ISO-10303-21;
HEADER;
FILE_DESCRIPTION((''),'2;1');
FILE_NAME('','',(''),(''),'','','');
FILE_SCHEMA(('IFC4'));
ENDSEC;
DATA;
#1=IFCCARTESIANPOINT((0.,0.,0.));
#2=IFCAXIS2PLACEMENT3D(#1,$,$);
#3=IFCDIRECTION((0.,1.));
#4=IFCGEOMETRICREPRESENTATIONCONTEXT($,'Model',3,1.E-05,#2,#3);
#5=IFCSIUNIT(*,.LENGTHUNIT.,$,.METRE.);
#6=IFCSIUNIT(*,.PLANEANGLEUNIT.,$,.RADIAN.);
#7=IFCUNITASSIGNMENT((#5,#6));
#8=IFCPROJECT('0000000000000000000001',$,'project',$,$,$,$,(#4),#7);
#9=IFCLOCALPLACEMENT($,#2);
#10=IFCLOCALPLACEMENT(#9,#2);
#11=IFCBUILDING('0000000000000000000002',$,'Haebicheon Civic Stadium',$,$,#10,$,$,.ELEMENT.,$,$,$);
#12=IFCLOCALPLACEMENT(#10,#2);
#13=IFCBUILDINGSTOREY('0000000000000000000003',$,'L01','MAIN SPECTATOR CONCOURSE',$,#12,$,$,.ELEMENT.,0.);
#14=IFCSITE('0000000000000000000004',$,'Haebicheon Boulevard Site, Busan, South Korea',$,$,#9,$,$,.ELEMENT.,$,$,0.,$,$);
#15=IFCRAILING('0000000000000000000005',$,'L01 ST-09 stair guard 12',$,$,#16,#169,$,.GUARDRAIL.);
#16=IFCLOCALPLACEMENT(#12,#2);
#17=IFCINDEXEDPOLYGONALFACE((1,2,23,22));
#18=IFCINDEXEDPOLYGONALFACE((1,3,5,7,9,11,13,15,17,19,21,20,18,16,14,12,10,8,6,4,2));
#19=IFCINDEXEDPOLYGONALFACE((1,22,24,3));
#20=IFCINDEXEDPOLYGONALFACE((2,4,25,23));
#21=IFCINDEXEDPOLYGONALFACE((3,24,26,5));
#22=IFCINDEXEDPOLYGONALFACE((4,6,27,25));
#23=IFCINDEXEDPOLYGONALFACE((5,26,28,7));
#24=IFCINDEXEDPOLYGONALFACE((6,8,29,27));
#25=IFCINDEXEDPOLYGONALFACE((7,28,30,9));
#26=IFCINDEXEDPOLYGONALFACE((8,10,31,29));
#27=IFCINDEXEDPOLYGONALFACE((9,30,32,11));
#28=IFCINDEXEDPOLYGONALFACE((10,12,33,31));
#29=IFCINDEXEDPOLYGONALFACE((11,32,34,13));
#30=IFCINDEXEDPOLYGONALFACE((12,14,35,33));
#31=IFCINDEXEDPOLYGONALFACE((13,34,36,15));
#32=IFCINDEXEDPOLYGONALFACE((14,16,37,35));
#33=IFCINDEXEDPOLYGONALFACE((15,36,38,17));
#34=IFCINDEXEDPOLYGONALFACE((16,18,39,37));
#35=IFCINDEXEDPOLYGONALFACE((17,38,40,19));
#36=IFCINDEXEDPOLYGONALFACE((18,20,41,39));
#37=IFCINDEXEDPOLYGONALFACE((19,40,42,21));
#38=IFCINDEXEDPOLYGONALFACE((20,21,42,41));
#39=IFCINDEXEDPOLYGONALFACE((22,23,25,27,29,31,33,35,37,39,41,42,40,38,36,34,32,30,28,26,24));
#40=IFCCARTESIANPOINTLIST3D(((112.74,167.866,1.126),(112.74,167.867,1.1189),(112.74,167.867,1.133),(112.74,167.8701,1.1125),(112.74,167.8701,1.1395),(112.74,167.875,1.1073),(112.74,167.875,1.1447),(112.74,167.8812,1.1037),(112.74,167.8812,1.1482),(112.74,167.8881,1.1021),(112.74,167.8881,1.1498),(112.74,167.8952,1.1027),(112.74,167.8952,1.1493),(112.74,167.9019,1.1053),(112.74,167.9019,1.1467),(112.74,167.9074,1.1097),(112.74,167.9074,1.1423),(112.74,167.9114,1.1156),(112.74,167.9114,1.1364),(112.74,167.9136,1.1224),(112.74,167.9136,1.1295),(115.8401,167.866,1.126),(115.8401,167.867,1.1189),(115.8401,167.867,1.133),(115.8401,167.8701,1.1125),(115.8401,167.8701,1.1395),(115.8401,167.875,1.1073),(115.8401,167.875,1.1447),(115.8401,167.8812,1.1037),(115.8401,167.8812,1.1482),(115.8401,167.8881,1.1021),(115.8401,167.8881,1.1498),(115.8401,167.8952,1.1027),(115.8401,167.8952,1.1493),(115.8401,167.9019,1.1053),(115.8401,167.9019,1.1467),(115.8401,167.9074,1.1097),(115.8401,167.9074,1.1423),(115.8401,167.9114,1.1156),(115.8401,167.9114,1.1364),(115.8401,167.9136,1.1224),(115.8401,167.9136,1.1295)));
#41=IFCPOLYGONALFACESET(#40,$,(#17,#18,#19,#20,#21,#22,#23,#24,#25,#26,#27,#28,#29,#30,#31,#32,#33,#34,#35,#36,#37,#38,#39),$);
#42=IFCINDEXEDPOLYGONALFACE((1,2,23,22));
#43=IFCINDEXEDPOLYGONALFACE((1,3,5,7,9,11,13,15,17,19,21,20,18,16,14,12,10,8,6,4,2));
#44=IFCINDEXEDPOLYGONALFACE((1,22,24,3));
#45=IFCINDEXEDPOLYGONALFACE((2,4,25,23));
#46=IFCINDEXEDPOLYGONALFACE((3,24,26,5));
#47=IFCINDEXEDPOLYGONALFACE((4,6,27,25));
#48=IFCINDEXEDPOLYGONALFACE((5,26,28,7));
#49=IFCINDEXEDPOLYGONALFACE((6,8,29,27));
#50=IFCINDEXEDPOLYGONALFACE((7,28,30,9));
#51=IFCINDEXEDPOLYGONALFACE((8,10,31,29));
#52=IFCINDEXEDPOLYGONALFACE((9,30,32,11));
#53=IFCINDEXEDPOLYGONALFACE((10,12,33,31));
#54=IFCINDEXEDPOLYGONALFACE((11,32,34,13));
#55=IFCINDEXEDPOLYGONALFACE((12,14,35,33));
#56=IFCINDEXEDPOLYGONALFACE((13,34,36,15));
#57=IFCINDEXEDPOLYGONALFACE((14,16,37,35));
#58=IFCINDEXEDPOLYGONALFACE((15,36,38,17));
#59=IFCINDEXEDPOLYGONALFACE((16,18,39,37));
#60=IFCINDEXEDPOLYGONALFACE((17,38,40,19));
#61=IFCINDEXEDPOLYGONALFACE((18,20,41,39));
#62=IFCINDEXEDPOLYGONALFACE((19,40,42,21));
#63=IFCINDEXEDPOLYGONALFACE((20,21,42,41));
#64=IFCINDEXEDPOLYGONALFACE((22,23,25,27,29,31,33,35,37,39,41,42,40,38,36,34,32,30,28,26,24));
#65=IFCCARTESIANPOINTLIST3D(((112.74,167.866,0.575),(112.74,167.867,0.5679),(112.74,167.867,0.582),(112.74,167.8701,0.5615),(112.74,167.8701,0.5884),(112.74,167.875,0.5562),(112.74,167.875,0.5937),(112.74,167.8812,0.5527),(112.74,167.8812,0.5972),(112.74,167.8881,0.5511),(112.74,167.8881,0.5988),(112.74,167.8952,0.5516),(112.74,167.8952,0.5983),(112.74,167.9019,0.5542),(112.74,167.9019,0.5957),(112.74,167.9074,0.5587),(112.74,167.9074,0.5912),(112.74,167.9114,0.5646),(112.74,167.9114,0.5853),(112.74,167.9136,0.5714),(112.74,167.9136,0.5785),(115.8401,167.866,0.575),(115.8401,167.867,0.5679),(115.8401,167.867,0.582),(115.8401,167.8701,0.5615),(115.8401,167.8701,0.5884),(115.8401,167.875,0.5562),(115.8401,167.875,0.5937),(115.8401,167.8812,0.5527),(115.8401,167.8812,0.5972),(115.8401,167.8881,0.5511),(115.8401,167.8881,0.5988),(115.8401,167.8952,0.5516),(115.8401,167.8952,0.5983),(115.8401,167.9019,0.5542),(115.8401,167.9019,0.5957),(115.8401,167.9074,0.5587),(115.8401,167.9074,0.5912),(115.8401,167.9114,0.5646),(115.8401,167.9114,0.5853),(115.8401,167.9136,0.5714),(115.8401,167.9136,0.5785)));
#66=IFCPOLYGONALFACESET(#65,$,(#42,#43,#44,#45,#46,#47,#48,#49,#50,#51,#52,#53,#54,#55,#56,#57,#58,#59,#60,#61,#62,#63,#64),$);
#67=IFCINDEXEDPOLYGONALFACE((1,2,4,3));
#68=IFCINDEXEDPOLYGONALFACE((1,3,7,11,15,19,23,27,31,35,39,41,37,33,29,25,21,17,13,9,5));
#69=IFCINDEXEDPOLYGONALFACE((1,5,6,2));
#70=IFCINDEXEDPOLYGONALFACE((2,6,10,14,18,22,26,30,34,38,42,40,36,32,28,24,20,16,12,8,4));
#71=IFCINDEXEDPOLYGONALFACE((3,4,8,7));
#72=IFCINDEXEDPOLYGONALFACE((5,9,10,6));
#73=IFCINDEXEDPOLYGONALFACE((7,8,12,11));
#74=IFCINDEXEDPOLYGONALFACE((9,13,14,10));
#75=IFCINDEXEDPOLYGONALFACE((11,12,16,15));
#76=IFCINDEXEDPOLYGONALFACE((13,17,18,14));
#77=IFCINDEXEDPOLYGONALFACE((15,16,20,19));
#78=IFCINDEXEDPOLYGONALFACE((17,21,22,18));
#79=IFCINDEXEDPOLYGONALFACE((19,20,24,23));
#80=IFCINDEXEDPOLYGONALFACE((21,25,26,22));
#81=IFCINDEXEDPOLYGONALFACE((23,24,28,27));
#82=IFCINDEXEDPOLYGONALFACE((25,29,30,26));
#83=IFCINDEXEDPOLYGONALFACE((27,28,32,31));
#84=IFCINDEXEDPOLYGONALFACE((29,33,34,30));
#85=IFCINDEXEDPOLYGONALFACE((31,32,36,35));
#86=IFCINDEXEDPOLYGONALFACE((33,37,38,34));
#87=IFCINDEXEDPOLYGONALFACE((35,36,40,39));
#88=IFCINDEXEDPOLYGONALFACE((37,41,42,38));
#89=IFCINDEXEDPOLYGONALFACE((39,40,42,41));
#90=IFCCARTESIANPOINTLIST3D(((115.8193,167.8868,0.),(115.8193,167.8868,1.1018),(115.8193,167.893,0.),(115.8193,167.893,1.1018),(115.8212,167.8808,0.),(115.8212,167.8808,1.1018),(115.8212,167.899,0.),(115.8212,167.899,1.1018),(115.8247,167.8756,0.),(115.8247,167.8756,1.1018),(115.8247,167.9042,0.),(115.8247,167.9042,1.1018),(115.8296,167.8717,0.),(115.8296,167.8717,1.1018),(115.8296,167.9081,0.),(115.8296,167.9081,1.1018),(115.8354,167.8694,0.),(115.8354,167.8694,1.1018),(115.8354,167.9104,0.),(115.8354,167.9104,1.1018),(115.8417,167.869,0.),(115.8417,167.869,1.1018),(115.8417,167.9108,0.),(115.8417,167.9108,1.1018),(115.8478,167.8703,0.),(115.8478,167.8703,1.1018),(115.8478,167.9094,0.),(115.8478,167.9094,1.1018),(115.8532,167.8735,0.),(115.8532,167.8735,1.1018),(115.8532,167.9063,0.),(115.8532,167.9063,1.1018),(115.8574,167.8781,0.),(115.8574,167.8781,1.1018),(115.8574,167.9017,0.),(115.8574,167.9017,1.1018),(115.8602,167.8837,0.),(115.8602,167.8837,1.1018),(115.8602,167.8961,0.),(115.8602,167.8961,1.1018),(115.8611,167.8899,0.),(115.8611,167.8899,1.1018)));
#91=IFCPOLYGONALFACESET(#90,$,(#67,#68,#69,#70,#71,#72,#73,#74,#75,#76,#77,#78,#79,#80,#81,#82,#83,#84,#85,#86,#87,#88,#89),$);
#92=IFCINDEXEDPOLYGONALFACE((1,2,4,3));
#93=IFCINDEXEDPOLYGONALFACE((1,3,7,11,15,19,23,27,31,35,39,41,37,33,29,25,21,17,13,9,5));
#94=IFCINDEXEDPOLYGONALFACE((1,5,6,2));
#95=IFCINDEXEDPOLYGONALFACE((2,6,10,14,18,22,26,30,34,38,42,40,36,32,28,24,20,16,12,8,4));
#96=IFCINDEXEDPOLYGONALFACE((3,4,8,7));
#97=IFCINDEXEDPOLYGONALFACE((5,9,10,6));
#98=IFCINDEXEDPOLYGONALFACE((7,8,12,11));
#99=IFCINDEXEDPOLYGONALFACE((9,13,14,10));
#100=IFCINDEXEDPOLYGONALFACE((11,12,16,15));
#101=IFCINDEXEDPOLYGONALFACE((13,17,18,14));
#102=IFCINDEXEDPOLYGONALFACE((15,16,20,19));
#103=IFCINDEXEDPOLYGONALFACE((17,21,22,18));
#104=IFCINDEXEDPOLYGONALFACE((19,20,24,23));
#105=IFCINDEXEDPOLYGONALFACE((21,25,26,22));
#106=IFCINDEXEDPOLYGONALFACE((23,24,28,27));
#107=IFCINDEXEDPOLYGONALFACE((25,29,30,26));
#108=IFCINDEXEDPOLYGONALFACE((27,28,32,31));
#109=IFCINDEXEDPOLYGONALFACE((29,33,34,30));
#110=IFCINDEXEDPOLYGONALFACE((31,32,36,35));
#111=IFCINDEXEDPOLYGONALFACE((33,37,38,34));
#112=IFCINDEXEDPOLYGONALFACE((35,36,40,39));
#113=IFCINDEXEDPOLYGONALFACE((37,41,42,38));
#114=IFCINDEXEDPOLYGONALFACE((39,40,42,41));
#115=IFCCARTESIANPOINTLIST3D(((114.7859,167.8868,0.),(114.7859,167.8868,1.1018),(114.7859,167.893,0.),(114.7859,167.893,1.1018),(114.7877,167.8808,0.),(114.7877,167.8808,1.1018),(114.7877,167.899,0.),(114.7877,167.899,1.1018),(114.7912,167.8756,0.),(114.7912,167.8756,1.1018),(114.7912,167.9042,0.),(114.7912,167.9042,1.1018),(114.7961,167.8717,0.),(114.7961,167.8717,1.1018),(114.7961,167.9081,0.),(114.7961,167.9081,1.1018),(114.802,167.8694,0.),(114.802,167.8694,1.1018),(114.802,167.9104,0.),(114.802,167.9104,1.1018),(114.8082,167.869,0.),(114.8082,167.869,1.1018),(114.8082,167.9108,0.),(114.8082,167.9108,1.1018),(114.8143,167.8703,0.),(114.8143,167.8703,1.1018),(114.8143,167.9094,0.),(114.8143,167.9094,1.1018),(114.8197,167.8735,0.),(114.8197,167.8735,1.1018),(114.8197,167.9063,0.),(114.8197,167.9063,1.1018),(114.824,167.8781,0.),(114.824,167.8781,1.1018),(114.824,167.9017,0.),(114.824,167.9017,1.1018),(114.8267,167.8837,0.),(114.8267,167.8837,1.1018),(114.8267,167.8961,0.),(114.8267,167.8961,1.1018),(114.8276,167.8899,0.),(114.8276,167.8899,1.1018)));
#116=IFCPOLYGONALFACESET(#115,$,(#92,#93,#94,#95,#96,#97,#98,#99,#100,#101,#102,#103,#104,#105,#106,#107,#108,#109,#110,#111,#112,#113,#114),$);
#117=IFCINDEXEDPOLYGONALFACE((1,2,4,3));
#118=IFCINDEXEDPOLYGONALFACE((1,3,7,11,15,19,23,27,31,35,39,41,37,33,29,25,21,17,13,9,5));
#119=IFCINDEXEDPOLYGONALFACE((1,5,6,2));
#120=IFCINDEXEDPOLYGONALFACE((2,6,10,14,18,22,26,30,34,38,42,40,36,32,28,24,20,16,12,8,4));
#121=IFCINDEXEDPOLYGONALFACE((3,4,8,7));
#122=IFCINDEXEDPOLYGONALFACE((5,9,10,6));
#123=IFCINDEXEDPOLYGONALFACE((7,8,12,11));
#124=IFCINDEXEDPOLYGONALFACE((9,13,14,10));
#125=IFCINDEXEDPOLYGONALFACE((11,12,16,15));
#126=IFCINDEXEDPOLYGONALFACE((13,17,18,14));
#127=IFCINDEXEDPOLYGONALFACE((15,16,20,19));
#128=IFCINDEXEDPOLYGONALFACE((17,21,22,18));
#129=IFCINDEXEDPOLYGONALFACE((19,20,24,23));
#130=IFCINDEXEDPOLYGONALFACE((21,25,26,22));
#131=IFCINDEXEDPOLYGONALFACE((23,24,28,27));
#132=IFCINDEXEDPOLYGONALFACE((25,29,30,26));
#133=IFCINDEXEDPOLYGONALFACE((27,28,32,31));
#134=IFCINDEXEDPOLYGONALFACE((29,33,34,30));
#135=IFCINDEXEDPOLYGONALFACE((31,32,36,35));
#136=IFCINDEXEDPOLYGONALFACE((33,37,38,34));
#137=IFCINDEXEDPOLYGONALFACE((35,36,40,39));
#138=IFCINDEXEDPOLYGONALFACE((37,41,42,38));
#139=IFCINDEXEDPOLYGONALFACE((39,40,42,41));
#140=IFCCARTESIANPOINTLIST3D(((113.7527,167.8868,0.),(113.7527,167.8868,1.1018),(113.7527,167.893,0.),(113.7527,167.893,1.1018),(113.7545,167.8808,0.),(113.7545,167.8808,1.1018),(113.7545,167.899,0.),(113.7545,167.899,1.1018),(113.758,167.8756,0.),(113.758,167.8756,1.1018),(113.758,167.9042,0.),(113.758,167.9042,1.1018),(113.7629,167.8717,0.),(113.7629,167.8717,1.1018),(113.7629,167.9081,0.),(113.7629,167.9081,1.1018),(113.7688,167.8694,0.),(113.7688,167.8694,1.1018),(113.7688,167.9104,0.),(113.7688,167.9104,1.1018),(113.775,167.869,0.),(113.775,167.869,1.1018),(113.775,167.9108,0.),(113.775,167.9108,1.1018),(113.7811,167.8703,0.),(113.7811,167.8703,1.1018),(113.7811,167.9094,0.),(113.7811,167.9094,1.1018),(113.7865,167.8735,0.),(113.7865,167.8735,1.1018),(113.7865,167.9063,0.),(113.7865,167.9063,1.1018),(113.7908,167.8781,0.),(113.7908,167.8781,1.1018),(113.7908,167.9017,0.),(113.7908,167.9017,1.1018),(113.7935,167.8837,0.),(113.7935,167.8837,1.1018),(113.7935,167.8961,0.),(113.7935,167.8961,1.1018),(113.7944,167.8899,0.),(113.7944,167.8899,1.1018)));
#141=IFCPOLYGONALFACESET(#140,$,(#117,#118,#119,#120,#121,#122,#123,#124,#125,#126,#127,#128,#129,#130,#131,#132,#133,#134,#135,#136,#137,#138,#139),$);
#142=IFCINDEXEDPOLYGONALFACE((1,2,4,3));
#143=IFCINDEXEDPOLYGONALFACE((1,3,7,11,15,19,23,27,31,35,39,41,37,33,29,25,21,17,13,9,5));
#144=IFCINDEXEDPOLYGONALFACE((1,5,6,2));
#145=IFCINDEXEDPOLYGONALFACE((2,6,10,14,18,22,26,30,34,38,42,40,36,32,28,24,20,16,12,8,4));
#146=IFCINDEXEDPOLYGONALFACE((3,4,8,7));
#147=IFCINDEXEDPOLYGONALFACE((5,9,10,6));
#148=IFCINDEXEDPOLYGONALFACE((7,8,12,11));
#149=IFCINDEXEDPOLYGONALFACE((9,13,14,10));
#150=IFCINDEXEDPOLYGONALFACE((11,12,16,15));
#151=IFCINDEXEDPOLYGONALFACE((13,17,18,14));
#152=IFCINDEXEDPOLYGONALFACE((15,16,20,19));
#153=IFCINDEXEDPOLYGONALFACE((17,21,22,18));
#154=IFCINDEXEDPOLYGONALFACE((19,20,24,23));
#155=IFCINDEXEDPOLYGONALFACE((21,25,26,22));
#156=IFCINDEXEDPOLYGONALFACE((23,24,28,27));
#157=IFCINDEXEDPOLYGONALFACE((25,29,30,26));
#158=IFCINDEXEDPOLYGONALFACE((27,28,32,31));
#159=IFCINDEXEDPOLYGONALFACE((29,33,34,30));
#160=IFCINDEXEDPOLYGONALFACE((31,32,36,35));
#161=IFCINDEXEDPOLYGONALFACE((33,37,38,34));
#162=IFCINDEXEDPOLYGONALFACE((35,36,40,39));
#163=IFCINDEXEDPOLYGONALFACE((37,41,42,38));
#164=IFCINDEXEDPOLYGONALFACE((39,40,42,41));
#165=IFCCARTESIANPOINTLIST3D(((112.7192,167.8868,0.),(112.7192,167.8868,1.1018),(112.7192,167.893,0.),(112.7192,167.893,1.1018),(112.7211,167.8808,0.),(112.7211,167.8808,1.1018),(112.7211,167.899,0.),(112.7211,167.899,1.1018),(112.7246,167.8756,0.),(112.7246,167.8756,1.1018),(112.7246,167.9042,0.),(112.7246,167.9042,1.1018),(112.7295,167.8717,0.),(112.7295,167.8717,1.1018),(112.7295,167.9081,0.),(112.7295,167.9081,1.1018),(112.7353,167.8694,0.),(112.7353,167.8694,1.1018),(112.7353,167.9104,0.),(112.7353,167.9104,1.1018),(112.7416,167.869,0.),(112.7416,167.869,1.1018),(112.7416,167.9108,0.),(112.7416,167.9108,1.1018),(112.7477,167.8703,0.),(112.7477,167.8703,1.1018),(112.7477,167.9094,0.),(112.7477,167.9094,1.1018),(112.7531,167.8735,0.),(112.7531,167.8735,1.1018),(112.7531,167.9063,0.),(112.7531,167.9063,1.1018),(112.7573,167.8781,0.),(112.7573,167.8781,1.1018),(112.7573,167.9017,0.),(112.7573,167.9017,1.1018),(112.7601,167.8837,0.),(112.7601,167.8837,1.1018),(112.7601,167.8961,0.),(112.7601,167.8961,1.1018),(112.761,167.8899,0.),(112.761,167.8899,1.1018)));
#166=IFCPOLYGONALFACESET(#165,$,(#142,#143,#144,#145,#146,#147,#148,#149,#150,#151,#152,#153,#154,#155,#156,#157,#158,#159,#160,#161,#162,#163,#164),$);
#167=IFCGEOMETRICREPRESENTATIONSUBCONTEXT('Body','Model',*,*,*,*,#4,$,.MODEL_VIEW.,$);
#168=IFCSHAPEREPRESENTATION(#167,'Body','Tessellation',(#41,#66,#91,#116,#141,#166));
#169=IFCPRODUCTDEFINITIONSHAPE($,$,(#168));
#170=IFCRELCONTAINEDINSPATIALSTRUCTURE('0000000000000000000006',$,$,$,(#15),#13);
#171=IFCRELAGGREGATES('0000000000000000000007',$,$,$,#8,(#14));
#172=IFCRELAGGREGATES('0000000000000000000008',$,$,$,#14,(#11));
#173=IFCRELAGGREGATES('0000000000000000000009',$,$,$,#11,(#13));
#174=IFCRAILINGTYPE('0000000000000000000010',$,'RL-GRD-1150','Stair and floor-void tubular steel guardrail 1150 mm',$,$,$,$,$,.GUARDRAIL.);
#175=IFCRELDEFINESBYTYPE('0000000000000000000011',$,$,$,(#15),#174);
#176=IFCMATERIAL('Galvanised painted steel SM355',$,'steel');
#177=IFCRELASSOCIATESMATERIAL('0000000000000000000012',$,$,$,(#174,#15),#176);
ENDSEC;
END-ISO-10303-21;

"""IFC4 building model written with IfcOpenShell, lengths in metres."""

from ifc_helpers import new_model, si_unit, direction, frame, origin, origin_2d, place, context, subcontext, project, spatial, circle, extrude, material, type_object, element, save


model = new_model("IFC4")

# Units and contexts
model_context = context("Model", 3, precision=1e-05, world=origin(), true_north=direction((0.0, 1.0)))
body_context = subcontext(model_context, "Body", "Model", "MODEL_VIEW")
ifc_project = project(units=[si_unit("LENGTHUNIT", "METRE"), si_unit("PLANEANGLEUNIT", "RADIAN")], contexts=[model_context])

# Site, building, storey
site_placement = place(None, origin())
site = spatial("IfcSite", under=ifc_project, at=site_placement, Name="Haebicheon Boulevard Site, Busan, South Korea", CompositionType="ELEMENT", RefElevation=0.0)
building_placement = place(site_placement, origin())
building = spatial("IfcBuilding", under=site, at=building_placement, Name="Haebicheon Civic Stadium", CompositionType="ELEMENT")
storey_placement = place(building_placement, origin())
storey = spatial("IfcBuildingStorey", under=building, at=storey_placement, Name="L01", Description="MAIN SPECTATOR CONCOURSE", CompositionType="ELEMENT", Elevation=0.0)

# Railing
ifc_material_1 = material(Name="Galvanised painted steel SM355", Category="steel")
railing_type_1 = type_object("IfcRailingType", Name="RL-GRD-1150", Description="Stair and floor-void tubular steel guardrail 1150 mm", PredefinedType="GUARDRAIL", material=ifc_material_1)
railing_1_placement = place(storey_placement, frame((115.8401, 167.8899, 0.0)))
element("IfcRailing", 1, at=railing_1_placement, inside=storey, type_object=railing_type_1, material=ifc_material_1, Name="L01 ST-09 stair guard 12", PredefinedType="GUARDRAIL", context=body_context, shape_type="SweptSolid", body=[
    extrude(circle(Radius=0.0239, at=origin_2d()), frame((0.0, 0.0, 1.126), z_axis=(-1.0, 0.0, 0.0), x_axis=(0.0, -1.0, 0.0)), (0.0, 0.0, 1.0), 3.1001),
    extrude(circle(Radius=0.0239, at=origin_2d()), frame((0.0, 0.0, 0.575), z_axis=(-1.0, 0.0, 0.0), x_axis=(0.0, -1.0, 0.0)), (0.0, 0.0, 1.0), 3.1001),
    extrude(circle(Radius=0.021, at=origin_2d()), origin(), (0.0, 0.0, 1.0), 1.1018),
    extrude(circle(Radius=0.021, at=origin_2d()), frame((-1.0334, 0.0, 0.0)), (0.0, 0.0, 1.0), 1.1018),
    extrude(circle(Radius=0.021, at=origin_2d()), frame((-2.0667, 0.0, 0.0)), (0.0, 0.0, 1.0), 1.1018),
    extrude(circle(Radius=0.021, at=origin_2d()), frame((-3.1001, 0.0, 0.0)), (0.0, 0.0, 1.0), 1.1018),
])

save(model, "model.ifc")
